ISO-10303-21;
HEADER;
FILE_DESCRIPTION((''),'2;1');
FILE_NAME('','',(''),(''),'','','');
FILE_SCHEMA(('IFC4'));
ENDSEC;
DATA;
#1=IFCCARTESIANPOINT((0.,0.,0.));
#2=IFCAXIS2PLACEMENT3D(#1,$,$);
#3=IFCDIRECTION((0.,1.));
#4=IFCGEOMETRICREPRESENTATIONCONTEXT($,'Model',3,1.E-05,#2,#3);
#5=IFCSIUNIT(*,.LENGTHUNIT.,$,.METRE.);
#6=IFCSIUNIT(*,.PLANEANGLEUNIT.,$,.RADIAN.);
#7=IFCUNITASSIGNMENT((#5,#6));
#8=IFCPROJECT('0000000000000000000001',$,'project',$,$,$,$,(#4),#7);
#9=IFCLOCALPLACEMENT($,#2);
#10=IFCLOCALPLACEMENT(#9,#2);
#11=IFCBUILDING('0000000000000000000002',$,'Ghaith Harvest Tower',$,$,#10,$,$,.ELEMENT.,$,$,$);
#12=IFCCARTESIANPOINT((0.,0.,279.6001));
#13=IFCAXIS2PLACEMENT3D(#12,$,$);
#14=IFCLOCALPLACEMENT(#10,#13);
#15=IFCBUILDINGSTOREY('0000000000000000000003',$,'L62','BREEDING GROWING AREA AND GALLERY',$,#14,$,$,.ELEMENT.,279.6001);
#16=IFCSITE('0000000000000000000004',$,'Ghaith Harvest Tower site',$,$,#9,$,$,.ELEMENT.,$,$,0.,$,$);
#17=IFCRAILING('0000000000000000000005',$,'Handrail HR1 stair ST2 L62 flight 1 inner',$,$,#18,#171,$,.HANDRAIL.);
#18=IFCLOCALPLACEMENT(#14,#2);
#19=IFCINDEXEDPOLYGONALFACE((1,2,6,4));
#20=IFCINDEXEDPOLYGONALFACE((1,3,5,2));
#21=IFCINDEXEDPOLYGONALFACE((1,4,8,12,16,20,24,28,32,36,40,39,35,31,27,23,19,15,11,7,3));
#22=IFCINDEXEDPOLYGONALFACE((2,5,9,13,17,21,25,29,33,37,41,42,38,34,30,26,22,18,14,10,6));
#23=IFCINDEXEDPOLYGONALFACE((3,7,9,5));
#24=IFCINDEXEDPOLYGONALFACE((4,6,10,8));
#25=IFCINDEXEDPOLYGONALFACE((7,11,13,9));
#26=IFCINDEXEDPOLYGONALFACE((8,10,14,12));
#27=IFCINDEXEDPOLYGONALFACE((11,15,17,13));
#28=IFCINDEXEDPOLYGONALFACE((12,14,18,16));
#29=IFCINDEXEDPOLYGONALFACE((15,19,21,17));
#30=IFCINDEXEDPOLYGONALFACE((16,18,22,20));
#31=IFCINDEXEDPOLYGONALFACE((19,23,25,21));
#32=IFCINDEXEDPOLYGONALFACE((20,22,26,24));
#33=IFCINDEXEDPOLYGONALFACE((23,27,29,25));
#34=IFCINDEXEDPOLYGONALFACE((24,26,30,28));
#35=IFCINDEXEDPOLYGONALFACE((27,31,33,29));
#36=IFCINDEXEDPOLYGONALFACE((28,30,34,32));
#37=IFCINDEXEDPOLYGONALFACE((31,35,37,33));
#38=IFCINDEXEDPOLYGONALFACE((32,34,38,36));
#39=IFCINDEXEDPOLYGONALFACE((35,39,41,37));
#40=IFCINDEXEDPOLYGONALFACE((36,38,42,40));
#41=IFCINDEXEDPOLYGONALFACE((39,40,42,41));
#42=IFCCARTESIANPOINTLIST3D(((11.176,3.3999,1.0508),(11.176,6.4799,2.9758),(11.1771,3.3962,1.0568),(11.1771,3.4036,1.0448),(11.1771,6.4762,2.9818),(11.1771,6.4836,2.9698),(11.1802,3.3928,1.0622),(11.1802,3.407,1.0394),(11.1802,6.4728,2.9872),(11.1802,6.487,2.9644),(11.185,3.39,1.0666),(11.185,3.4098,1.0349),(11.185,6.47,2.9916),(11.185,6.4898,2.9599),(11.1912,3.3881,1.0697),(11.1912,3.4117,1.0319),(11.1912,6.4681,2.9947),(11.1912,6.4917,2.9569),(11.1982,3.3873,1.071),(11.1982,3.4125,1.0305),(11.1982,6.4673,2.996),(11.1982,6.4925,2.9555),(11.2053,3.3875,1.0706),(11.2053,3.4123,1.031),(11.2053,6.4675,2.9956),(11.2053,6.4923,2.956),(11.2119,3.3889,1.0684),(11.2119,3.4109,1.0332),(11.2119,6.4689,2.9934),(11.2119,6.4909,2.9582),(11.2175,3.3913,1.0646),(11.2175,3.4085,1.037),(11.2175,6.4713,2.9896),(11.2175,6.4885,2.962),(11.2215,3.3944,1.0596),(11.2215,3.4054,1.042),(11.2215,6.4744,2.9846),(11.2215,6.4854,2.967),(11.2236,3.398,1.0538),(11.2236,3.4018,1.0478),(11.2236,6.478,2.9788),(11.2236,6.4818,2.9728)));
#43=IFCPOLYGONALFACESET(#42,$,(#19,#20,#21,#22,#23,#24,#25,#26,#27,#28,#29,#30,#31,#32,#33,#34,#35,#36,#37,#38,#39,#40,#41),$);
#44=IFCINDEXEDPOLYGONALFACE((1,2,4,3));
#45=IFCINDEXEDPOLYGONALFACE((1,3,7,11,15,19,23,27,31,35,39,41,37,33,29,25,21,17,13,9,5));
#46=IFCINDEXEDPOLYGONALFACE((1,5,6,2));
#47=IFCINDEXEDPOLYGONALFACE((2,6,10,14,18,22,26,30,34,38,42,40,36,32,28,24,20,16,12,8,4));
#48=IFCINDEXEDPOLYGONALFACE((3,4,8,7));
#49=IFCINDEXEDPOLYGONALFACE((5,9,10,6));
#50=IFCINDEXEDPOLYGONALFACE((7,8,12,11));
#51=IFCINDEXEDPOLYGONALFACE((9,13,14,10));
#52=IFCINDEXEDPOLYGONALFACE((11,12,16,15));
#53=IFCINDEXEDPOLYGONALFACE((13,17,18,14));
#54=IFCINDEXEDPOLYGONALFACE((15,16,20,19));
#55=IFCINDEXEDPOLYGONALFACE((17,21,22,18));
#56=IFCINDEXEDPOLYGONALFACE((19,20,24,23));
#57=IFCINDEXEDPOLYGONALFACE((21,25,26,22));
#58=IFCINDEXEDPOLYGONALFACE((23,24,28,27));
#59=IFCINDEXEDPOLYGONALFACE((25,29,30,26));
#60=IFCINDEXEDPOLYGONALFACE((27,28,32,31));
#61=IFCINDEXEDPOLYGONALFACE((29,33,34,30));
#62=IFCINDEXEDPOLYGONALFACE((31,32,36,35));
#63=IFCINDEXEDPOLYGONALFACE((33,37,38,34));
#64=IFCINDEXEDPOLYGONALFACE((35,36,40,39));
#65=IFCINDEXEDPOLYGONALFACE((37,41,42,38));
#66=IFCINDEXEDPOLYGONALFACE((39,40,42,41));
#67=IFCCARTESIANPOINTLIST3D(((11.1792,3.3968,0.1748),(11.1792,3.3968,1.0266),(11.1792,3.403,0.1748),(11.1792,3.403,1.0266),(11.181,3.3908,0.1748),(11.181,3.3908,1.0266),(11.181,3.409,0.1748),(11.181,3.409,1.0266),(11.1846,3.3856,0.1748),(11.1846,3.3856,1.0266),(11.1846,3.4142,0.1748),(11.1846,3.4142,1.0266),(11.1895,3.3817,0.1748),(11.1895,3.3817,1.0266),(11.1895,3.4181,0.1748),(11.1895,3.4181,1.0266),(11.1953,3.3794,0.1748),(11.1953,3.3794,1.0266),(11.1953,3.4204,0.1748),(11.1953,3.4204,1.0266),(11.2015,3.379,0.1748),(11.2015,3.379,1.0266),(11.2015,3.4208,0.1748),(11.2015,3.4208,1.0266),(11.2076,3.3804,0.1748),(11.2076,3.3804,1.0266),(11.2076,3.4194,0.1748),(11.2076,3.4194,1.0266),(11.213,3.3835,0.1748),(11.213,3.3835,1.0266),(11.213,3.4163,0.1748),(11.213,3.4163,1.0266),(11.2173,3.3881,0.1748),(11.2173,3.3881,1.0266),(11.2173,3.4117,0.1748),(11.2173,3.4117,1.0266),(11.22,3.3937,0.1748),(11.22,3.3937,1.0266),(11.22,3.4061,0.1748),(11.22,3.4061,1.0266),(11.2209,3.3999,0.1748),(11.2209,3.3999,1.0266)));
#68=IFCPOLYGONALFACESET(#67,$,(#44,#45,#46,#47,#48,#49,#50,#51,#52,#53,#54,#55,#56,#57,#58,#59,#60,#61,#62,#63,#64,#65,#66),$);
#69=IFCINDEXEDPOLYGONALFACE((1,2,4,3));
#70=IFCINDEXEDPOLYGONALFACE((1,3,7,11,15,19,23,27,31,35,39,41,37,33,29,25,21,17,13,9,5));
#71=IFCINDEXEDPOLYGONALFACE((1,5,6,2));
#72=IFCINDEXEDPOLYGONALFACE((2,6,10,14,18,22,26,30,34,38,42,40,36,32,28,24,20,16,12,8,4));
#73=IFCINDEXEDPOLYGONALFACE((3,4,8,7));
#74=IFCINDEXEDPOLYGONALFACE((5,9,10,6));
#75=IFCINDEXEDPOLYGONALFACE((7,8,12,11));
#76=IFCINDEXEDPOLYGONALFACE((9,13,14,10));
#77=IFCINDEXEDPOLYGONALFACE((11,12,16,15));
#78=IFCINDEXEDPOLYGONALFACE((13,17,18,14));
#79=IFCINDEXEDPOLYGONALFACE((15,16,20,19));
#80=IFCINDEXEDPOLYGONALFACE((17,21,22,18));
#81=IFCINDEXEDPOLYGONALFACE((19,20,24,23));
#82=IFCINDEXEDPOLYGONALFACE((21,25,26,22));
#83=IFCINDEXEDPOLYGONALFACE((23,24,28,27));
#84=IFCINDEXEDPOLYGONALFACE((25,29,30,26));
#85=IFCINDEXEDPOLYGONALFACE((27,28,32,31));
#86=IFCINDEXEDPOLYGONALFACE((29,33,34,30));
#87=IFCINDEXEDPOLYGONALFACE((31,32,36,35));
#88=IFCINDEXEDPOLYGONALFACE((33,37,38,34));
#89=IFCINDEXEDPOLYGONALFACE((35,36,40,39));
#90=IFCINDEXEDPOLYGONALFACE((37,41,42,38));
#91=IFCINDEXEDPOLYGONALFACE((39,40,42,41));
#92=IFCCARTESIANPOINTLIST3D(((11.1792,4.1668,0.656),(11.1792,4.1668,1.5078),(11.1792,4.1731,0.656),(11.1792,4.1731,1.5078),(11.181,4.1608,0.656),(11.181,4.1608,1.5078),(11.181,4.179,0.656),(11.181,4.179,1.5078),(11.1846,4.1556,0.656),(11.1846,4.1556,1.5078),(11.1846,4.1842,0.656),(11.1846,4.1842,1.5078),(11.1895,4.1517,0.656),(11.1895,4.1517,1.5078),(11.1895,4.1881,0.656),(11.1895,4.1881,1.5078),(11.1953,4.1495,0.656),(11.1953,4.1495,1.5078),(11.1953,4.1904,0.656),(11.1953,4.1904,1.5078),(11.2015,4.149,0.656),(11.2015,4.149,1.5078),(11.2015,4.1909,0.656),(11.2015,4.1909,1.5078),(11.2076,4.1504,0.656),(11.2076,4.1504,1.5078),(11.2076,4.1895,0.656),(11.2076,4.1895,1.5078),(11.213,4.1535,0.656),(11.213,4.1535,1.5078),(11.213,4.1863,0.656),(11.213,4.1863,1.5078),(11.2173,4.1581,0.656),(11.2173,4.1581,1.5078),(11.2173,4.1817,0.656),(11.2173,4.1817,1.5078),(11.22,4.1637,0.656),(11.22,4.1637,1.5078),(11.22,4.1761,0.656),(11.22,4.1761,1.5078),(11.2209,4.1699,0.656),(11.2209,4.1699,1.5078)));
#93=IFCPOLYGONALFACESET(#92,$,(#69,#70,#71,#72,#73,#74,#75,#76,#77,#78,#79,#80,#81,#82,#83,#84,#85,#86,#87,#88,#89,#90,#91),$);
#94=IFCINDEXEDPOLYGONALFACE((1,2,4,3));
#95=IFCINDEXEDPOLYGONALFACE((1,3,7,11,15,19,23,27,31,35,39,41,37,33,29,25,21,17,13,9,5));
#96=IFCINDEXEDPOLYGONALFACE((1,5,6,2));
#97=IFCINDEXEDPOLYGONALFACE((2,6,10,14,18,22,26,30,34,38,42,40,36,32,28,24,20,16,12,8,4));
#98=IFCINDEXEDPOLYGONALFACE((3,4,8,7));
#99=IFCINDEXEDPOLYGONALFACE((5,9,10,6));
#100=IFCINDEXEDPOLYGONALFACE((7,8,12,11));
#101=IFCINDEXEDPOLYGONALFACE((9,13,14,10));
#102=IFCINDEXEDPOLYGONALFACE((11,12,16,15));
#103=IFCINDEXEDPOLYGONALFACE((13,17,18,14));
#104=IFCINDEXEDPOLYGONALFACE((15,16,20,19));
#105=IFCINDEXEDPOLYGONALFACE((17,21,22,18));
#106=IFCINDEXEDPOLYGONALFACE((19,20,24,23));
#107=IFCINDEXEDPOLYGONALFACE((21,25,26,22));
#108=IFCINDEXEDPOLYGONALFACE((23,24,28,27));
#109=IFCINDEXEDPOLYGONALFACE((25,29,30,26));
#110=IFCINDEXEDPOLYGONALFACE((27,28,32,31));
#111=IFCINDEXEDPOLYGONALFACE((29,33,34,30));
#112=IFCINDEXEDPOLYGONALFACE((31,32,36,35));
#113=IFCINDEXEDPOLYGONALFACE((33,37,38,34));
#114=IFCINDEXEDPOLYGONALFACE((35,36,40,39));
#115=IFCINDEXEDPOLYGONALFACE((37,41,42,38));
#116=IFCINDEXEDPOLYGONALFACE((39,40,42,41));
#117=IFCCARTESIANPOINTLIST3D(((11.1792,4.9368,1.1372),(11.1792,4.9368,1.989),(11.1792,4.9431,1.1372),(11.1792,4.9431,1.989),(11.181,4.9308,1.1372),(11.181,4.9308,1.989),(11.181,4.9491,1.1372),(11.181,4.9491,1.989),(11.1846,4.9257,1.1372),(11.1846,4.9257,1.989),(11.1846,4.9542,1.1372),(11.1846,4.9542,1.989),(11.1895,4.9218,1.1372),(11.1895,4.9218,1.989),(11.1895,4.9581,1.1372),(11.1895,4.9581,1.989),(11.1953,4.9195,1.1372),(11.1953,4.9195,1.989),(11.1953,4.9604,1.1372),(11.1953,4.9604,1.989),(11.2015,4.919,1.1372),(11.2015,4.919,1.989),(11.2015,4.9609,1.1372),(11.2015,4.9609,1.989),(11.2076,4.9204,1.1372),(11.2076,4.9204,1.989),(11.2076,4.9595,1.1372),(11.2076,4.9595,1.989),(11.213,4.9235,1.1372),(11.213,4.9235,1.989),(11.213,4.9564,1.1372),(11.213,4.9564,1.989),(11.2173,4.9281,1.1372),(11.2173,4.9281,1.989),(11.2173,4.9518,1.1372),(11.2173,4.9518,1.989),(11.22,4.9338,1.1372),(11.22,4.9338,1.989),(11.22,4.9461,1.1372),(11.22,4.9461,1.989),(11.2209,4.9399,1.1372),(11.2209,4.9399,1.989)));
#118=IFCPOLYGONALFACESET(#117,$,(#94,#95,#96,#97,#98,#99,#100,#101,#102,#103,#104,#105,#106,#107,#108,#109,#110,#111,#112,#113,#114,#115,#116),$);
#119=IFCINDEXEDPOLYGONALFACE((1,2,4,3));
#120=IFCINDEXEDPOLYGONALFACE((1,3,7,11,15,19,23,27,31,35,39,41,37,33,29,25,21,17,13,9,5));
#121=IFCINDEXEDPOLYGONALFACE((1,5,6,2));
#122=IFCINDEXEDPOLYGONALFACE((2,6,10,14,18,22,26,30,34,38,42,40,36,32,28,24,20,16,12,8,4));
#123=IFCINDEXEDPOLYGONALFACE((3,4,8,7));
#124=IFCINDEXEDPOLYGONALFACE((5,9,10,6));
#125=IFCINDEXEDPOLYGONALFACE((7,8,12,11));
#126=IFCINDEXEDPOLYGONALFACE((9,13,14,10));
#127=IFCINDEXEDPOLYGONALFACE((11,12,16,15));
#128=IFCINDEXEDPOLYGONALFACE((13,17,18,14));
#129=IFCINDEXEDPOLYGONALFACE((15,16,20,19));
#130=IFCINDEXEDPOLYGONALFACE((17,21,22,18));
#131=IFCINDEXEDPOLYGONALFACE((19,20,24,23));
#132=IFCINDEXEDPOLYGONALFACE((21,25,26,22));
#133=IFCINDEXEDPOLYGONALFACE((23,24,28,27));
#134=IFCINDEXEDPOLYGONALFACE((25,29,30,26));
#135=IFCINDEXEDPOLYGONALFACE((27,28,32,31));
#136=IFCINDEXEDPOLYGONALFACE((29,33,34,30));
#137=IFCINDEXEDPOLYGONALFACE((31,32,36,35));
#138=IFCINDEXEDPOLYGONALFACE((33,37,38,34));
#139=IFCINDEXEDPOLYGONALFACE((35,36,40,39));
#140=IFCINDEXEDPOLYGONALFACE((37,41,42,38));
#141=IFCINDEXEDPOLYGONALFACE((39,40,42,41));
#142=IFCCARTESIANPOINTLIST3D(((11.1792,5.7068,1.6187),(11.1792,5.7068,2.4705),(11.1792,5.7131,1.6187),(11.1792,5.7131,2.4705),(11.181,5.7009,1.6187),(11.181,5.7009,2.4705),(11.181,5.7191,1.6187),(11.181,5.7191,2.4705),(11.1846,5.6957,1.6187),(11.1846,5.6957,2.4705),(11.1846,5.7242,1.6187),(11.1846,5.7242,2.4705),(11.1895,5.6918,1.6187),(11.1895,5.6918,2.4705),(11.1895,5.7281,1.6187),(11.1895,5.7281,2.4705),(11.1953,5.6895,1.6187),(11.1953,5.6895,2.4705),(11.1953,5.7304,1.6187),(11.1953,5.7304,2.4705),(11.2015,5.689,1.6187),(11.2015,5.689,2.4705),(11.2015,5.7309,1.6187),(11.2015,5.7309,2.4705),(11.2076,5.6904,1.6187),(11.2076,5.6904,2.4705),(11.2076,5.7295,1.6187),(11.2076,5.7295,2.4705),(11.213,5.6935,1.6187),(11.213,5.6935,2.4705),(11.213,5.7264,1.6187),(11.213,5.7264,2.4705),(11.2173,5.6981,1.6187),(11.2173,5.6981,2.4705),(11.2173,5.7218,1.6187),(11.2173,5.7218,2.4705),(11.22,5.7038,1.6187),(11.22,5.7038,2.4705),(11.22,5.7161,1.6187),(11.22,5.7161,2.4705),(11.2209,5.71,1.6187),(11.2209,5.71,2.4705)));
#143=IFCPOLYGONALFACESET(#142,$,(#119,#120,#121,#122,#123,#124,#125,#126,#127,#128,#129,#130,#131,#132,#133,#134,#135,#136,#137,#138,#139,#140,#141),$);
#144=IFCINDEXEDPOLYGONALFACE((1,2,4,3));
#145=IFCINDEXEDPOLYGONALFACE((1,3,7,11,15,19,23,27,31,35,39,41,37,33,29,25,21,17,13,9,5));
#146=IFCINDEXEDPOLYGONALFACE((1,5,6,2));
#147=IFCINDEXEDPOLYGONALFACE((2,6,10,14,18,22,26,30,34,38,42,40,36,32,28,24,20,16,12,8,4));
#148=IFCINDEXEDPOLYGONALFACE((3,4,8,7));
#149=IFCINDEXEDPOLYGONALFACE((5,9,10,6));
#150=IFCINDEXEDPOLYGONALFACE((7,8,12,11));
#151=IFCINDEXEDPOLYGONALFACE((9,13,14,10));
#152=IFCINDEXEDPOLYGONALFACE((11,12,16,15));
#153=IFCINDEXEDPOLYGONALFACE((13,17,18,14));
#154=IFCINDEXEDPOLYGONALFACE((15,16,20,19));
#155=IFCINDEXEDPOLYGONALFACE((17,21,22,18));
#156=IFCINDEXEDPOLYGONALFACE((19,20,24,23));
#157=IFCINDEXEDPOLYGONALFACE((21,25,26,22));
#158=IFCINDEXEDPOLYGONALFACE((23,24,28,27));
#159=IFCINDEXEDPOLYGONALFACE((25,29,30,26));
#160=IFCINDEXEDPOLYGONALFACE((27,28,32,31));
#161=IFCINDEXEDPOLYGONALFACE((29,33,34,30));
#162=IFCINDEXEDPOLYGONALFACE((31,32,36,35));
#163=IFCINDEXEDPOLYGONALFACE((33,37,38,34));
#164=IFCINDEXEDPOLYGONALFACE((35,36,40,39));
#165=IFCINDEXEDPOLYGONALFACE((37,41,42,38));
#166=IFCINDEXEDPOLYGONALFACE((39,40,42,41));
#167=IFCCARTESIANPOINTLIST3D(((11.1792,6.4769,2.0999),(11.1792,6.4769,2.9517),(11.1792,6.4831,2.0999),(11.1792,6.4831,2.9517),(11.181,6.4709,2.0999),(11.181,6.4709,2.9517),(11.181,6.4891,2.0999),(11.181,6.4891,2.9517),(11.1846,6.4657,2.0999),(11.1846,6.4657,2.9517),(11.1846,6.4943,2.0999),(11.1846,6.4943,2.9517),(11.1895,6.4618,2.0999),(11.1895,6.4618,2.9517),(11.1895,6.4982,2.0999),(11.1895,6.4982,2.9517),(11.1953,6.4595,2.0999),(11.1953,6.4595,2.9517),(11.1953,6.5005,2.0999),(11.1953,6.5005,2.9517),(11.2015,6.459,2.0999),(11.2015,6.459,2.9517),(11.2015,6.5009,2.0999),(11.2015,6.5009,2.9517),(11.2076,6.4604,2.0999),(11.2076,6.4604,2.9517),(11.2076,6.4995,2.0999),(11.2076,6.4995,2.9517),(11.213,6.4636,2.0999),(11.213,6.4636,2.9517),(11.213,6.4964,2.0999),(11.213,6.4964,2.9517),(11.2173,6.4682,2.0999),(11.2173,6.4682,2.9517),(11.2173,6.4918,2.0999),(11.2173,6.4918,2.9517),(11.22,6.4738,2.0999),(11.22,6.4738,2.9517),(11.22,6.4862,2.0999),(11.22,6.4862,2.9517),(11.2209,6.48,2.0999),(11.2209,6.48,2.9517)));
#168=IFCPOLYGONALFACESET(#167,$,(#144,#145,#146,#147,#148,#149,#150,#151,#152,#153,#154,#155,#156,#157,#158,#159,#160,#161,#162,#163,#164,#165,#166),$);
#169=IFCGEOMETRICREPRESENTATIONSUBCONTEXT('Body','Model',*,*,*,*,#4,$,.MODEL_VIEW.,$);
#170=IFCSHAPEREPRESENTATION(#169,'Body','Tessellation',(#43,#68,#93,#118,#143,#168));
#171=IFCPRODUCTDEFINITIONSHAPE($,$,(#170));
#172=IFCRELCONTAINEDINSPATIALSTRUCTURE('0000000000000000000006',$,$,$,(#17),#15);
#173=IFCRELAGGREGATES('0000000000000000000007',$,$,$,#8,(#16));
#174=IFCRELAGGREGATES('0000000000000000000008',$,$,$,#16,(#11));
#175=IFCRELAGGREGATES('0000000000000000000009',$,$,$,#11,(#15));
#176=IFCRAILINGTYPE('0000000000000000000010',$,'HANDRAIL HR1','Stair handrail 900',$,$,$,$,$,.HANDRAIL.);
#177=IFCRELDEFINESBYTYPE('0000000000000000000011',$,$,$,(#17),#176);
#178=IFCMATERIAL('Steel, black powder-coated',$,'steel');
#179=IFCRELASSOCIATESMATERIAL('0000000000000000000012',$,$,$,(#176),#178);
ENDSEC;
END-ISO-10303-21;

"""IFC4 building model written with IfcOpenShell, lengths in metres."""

from ifc_helpers import new_model, si_unit, direction, frame, origin, origin_2d, place, context, subcontext, project, spatial, circle, extrude, material, type_object, element, save


model = new_model("IFC4")

# Units and contexts
model_context = context("Model", 3, precision=1e-05, world=origin(), true_north=direction((0.0, 1.0)))
body_context = subcontext(model_context, "Body", "Model", "MODEL_VIEW")
ifc_project = project(units=[si_unit("LENGTHUNIT", "METRE"), si_unit("PLANEANGLEUNIT", "RADIAN")], contexts=[model_context])

# Site, building, storey
site_placement = place(None, origin())
site = spatial("IfcSite", under=ifc_project, at=site_placement, Name="Ghaith Harvest Tower site", CompositionType="ELEMENT", RefElevation=0.0)
building_placement = place(site_placement, origin())
building = spatial("IfcBuilding", under=site, at=building_placement, Name="Ghaith Harvest Tower", CompositionType="ELEMENT")
storey_placement = place(building_placement, frame((0.0, 0.0, 279.6001)))
storey = spatial("IfcBuildingStorey", under=building, at=storey_placement, Name="L62", Description="BREEDING GROWING AREA AND GALLERY", CompositionType="ELEMENT", Elevation=279.6001)

# Railing
ifc_material_1 = material(Name="Steel, black powder-coated", Category="steel")
railing_type = type_object("IfcRailingType", Name="HANDRAIL HR1", Description="Stair handrail 900", PredefinedType="HANDRAIL", material=ifc_material_1)
railing_1_placement = place(storey_placement, frame((11.2, 3.3999, 0.1748)))
element("IfcRailing", 1, at=railing_1_placement, inside=storey, type_object=railing_type, Name="Handrail HR1 stair ST2 L62 flight 1 inner", PredefinedType="HANDRAIL", context=body_context, shape_type="SweptSolid", body=[
    extrude(circle(Radius=0.0239, at=origin_2d()), frame((0.0, 0.0, 0.876), z_axis=(0.0, 0.847998, 0.529999), x_axis=(-1.0, 0.0, 0.0)), (0.0, 0.0, 1.0), 3.6321),
    extrude(circle(Radius=0.021, at=origin_2d()), origin(), (0.0, 0.0, 1.0), 0.8518),
    extrude(circle(Radius=0.021, at=origin_2d()), frame((0.0, 0.77, 0.4812)), (0.0, 0.0, 1.0), 0.8518),
    extrude(circle(Radius=0.021, at=origin_2d()), frame((0.0, 1.54, 0.9624)), (0.0, 0.0, 1.0), 0.8518),
    extrude(circle(Radius=0.021, at=origin_2d()), frame((0.0, 2.3101, 1.4438)), (0.0, 0.0, 1.0), 0.8518),
    extrude(circle(Radius=0.021, at=origin_2d()), frame((0.0, 3.0801, 1.925)), (0.0, 0.0, 1.0), 0.8518),
])

save(model, "model.ifc")
